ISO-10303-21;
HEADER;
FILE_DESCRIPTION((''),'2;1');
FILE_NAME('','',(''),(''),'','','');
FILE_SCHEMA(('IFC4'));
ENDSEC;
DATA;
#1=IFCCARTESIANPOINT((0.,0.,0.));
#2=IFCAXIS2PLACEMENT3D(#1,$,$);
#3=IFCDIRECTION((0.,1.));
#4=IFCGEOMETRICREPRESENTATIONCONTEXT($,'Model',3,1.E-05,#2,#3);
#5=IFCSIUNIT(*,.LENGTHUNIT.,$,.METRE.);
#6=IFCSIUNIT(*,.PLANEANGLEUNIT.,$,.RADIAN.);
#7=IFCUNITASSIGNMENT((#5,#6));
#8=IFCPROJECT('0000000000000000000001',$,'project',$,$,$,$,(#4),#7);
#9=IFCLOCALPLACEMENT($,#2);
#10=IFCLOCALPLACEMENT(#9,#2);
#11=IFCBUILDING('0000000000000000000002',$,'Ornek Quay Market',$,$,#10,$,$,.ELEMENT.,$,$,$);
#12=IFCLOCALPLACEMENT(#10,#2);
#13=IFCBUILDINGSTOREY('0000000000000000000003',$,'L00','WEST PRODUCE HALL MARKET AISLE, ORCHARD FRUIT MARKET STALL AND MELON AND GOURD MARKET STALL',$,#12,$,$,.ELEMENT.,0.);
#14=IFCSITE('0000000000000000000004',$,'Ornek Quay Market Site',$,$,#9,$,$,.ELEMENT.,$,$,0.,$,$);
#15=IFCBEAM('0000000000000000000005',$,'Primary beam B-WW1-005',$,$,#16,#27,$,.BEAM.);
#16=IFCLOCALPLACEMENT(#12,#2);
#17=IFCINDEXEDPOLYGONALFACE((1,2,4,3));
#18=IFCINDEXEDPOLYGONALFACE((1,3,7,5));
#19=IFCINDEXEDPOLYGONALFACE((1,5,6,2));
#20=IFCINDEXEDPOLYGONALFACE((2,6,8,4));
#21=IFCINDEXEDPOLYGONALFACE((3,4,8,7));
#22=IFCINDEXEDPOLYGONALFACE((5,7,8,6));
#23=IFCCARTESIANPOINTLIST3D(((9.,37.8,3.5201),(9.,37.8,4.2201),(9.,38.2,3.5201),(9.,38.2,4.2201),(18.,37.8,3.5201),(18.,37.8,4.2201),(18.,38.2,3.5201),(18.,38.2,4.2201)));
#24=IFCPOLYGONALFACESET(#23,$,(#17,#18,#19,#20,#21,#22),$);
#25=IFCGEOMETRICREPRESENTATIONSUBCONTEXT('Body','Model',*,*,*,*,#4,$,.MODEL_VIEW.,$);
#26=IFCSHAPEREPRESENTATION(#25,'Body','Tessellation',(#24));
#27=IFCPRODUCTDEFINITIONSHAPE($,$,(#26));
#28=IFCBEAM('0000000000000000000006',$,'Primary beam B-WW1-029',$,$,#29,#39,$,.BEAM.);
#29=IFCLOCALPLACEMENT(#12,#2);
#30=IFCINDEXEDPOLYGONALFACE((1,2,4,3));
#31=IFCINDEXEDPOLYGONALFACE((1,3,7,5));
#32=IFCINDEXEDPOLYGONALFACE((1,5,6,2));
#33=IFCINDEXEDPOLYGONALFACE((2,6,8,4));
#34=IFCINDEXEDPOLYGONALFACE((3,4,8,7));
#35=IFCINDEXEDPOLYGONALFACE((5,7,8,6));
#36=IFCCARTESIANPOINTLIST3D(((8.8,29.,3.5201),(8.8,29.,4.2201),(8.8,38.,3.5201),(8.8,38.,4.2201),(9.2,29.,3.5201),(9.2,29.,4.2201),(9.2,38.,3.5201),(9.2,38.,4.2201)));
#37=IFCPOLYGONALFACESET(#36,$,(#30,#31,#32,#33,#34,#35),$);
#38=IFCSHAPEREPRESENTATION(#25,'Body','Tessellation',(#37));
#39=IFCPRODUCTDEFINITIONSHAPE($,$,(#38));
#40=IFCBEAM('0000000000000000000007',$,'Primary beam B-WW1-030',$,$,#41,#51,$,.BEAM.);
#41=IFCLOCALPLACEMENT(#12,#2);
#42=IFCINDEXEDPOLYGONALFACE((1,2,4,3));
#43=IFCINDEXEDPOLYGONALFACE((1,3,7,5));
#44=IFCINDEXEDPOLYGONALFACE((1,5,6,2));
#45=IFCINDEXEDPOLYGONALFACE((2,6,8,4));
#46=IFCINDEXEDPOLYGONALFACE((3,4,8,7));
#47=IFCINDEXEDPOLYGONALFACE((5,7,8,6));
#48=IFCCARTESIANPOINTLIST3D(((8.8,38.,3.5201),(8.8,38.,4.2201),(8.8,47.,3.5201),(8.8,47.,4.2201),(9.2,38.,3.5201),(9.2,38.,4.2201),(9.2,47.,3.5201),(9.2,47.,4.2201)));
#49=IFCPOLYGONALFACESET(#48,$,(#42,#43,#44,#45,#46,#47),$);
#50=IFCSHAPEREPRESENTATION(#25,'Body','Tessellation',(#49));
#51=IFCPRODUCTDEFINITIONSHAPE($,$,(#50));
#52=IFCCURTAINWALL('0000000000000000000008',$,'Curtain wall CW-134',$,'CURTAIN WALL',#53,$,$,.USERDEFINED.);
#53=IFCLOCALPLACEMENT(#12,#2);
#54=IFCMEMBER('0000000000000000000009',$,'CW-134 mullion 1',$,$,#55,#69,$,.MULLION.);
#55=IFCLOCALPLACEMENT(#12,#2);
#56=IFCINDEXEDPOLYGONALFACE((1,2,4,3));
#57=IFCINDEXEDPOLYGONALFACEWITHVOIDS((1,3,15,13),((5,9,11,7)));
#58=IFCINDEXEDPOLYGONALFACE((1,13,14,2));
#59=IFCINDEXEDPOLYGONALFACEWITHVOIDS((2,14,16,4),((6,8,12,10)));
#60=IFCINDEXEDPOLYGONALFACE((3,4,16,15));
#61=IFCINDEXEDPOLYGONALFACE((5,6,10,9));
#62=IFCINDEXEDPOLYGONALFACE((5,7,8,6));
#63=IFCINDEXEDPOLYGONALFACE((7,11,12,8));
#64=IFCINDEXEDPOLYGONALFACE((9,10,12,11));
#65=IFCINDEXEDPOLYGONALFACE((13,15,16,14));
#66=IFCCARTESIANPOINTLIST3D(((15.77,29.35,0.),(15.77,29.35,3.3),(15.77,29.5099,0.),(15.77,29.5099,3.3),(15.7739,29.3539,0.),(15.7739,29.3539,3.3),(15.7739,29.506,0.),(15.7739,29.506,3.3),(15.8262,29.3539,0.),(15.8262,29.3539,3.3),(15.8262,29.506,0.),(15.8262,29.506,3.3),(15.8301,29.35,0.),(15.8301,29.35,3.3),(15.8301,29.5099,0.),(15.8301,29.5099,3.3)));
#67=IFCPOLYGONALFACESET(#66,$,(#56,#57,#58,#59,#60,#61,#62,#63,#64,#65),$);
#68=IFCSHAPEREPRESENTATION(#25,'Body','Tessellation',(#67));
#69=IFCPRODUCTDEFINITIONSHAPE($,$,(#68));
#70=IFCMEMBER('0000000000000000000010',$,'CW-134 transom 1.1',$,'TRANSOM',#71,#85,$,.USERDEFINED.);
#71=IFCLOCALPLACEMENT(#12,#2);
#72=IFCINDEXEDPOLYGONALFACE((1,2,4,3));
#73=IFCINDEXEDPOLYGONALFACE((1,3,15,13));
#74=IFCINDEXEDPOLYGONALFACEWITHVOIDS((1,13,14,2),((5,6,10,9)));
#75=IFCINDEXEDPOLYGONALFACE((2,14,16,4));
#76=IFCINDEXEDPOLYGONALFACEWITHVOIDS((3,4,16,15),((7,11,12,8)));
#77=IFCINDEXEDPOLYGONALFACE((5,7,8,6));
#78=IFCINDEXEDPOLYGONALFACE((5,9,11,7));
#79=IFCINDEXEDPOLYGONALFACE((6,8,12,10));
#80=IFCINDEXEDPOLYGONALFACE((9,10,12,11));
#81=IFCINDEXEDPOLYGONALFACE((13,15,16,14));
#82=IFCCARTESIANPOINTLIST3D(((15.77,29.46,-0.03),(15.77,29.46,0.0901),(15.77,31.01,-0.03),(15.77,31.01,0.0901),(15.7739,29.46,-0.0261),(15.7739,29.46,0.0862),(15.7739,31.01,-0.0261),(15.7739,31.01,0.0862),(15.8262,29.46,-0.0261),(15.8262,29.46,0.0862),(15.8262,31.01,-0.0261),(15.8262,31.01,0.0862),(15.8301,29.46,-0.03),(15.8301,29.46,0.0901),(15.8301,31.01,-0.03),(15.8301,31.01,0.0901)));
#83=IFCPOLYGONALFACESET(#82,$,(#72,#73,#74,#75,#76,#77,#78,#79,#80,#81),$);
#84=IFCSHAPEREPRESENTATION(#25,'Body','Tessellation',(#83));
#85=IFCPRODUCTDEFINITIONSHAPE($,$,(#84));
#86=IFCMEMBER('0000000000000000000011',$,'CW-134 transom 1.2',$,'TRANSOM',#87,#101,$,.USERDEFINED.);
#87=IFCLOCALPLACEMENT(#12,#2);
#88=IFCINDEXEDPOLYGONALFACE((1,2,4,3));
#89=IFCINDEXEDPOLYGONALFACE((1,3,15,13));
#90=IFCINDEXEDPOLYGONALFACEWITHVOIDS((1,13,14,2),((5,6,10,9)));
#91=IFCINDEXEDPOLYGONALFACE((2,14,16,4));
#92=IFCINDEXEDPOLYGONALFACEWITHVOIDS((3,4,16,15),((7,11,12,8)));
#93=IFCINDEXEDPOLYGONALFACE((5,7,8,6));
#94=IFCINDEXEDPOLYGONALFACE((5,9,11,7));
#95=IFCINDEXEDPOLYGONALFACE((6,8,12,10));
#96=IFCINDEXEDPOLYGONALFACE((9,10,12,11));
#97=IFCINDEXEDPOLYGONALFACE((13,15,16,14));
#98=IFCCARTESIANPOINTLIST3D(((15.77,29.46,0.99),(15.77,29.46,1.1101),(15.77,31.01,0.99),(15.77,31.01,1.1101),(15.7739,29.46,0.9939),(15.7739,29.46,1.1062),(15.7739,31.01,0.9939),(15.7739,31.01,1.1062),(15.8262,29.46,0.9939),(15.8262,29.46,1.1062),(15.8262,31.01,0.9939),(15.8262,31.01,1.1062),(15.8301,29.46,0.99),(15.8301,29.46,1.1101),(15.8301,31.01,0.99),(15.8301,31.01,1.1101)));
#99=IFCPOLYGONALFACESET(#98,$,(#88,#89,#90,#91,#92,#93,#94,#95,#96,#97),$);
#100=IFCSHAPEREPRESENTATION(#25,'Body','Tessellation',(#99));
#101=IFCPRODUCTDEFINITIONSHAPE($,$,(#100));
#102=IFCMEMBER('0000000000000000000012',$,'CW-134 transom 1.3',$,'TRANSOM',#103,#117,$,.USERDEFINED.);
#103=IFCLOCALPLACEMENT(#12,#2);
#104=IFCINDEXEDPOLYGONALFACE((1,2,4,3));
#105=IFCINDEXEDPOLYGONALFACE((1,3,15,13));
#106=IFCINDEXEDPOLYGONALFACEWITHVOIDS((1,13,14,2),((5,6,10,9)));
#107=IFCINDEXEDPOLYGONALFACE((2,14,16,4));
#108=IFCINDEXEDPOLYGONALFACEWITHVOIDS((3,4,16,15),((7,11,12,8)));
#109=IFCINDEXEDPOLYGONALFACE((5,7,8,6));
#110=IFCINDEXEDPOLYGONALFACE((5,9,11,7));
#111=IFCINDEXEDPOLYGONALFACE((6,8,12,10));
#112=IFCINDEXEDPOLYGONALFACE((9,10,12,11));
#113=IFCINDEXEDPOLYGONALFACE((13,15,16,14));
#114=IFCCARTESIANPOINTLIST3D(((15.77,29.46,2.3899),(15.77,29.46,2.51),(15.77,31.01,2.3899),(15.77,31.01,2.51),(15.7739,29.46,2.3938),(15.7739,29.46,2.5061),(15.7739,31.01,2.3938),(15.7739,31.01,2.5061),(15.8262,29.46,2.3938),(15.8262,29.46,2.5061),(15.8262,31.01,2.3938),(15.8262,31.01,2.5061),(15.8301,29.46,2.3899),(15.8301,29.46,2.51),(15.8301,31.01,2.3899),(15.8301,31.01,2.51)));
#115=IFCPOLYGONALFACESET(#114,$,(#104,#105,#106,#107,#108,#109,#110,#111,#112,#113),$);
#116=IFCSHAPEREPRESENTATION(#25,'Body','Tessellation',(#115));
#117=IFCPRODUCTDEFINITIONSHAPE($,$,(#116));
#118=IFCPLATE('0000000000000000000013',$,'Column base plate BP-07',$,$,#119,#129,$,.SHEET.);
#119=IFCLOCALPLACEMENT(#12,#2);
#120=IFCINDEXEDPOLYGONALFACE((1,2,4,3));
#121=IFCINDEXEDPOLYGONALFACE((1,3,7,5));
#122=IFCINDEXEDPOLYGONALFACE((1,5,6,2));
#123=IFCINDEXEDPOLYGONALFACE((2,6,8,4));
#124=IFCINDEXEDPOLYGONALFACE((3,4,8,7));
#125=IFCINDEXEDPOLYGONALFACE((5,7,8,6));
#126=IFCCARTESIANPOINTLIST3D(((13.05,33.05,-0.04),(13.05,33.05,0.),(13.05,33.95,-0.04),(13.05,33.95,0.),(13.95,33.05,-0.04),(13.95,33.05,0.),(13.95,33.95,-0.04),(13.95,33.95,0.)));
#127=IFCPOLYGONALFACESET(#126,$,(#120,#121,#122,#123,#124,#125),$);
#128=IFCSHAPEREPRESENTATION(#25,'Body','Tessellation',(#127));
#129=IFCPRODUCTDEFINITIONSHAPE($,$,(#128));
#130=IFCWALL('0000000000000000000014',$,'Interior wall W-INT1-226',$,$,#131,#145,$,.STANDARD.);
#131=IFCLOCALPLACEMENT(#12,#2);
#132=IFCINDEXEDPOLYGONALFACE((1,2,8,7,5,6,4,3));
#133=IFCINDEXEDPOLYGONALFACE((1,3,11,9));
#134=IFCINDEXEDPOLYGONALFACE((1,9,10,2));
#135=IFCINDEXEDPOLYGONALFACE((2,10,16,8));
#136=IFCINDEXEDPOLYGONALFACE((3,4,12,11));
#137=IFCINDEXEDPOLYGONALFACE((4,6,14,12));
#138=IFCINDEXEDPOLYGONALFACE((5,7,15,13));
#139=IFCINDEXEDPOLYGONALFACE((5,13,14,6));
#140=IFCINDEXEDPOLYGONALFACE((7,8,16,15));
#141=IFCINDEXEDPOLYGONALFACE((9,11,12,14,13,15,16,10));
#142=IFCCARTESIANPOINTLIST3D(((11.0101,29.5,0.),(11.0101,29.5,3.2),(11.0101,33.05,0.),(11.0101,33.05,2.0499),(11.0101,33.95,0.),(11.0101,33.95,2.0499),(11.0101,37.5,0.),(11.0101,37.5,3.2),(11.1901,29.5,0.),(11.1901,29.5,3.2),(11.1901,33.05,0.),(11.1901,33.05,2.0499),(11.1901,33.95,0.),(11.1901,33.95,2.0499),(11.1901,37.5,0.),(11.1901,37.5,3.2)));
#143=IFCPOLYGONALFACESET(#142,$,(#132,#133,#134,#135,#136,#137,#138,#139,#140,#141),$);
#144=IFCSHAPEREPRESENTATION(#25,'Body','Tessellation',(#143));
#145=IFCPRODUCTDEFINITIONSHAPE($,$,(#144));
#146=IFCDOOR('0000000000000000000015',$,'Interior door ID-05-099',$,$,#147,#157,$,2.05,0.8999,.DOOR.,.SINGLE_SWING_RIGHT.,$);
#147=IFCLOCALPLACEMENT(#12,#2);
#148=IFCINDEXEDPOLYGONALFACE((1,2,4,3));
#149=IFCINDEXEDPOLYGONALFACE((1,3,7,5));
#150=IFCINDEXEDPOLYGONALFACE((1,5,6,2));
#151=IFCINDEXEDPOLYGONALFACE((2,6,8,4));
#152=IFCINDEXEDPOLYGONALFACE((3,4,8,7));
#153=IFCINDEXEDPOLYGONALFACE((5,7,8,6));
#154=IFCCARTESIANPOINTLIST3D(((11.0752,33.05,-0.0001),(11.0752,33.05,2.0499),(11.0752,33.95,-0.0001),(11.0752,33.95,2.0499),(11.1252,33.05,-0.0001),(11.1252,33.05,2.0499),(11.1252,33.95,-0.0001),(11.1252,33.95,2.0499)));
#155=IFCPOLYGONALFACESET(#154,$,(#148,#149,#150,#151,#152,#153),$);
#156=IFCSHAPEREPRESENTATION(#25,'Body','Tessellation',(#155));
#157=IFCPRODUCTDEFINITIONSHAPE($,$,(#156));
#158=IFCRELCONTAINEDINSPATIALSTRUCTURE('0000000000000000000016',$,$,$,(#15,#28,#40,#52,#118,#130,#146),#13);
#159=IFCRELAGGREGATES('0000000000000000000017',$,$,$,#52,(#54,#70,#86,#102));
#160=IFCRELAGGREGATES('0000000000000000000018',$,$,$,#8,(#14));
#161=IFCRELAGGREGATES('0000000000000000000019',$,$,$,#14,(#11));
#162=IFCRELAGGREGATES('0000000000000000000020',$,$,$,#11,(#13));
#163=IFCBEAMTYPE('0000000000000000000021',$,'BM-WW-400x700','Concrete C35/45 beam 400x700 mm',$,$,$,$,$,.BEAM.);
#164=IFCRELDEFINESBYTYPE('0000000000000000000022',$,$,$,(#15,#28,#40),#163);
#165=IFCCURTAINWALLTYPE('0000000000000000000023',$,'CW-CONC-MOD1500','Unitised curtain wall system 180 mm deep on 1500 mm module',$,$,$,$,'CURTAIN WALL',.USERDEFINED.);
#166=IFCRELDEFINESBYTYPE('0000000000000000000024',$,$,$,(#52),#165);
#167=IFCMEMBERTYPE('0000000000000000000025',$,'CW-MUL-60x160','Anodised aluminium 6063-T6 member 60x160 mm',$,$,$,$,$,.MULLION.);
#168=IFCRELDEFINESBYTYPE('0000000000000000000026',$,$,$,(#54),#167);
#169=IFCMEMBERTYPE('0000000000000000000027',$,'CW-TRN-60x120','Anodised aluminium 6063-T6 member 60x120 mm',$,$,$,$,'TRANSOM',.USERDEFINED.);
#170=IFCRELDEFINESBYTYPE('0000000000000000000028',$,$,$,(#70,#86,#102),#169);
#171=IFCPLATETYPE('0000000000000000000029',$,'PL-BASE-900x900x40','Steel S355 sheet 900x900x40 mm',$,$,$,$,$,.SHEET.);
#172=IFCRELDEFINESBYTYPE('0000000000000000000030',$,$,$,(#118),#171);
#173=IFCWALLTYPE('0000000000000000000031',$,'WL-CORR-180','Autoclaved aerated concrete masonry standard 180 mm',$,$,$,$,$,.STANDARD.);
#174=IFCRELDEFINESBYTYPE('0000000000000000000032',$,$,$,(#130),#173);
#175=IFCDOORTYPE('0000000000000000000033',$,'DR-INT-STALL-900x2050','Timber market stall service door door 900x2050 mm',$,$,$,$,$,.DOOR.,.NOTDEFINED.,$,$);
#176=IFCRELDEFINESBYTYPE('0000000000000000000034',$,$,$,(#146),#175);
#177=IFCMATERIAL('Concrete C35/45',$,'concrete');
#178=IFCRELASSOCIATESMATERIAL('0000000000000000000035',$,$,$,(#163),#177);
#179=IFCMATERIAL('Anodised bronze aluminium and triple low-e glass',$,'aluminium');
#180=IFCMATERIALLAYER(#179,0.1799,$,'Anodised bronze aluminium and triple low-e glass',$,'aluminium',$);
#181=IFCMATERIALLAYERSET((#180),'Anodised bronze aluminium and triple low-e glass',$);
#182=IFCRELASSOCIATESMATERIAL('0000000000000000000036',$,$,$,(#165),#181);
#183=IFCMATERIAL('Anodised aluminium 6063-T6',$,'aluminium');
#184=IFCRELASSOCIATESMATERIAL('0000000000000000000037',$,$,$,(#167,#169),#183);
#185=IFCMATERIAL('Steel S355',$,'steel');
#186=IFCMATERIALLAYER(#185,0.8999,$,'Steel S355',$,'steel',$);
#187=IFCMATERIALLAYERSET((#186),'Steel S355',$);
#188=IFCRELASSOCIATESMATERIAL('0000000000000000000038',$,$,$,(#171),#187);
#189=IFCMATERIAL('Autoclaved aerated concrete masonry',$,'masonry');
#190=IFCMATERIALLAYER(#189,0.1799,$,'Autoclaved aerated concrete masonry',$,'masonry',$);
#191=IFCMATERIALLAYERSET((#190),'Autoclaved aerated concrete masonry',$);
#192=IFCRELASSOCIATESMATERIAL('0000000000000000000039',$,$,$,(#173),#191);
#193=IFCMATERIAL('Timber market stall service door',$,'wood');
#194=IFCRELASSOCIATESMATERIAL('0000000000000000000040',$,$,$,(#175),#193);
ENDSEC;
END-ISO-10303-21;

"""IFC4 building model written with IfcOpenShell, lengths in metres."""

from ifc_helpers import new_model, si_unit, direction, frame, frame_2d, origin, origin_2d, place, context, subcontext, project, spatial, rectangle, hollow_rectangle, extrude, material, layer, layer_set, material_profile, profile_set, type_object, element, fill, aggregate, save


model = new_model("IFC4")

# Units and contexts
model_context = context("Model", 3, precision=1e-05, world=origin(), true_north=direction((0.0, 1.0)))
body_context = subcontext(model_context, "Body", "Model", "MODEL_VIEW")
ifc_project = project(units=[si_unit("LENGTHUNIT", "METRE"), si_unit("PLANEANGLEUNIT", "RADIAN")], contexts=[model_context])

# Site, building, storey
site_placement = place(None, origin())
site = spatial("IfcSite", under=ifc_project, at=site_placement, Name="Ornek Quay Market Site", CompositionType="ELEMENT", RefElevation=0.0)
building_placement = place(site_placement, origin())
building = spatial("IfcBuilding", under=site, at=building_placement, Name="Ornek Quay Market", CompositionType="ELEMENT")
storey_placement = place(building_placement, origin())
storey = spatial("IfcBuildingStorey", under=building, at=storey_placement, Name="L00", Description="WEST PRODUCE HALL MARKET AISLE, ORCHARD FRUIT MARKET STALL AND MELON AND GOURD MARKET STALL", CompositionType="ELEMENT", Elevation=0.0)

# Shared definitions
ifc_material_1 = material(Name="Concrete C35/45", Category="concrete")

# Shared definitions
ifc_material_2 = material(Name="Steel S355", Category="steel")

# Beams
ifc_material_profile_1 = material_profile(ifc_material_1, rectangle(XDim=0.3999, YDim=0.7, at=origin_2d()), Name="RC 400x700", Category="concrete")
ifc_profile_set_1 = profile_set([ifc_material_profile_1], Name="Concrete C35/45")
beam_type_1 = type_object("IfcBeamType", Name="BM-WW-400x700", Description="Concrete C35/45 beam 400x700 mm", PredefinedType="BEAM", material=ifc_profile_set_1)
for number, where, z_axis, x_axis, name in (
    (1, (9.0, 38.0, 3.8701), (1.0, 0.0, 0.0), (0.0, 1.0, 0.0), "Primary beam B-WW1-005"),
    (2, (9.0, 29.0, 3.8701), (0.0, 1.0, 0.0), (-1.0, 0.0, 0.0), "Primary beam B-WW1-029"),
    (3, (9.0, 38.0, 3.8701), (0.0, 1.0, 0.0), (-1.0, 0.0, 0.0), "Primary beam B-WW1-030"),
):
    element("IfcBeam", number, at=place(storey_placement, frame(where, z_axis=z_axis, x_axis=x_axis)), inside=storey, type_object=beam_type_1, Name=name, PredefinedType="BEAM", context=body_context, shape_type="SweptSolid", body=[
        extrude(rectangle(XDim=0.3999, YDim=0.7, at=origin_2d()), origin(), (0.0, 0.0, 1.0), 9.0),
    ])

# Curtain wall, members
ifc_material_3 = material(Name="Anodised bronze aluminium and triple low-e glass", Category="aluminium")
ifc_layer_1 = layer(ifc_material_3, 0.1799, Name="Anodised bronze aluminium and triple low-e glass", Category="aluminium")
ifc_layer_set_1 = layer_set([ifc_layer_1], Name="Anodised bronze aluminium and triple low-e glass")
curtain_wall_type = type_object("IfcCurtainWallType", Name="CW-CONC-MOD1500", Description="Unitised curtain wall system 180 mm deep on 1500 mm module", ElementType="CURTAIN WALL", PredefinedType="USERDEFINED", material=ifc_layer_set_1)
curtain_wall_placement = place(storey_placement, origin())
curtain_wall = element("IfcCurtainWall", 4, at=curtain_wall_placement, inside=storey, type_object=curtain_wall_type, Name="Curtain wall CW-134", ObjectType="CURTAIN WALL", PredefinedType="USERDEFINED")
ifc_material_4 = material(Name="Anodised aluminium 6063-T6", Category="aluminium")
ifc_material_profile_2 = material_profile(ifc_material_4, hollow_rectangle(XDim=0.0601, YDim=0.1599, WallThickness=0.0039, at=origin_2d()), Name="CW-MUL-60x160", Category="aluminium")
ifc_profile_set_2 = profile_set([ifc_material_profile_2], Name="Anodised aluminium 6063-T6")
member_type_1 = type_object("IfcMemberType", Name="CW-MUL-60x160", Description="Anodised aluminium 6063-T6 member 60x160 mm", PredefinedType="MULLION", material=ifc_profile_set_2)
member_1_placement = place(storey_placement, frame((15.8, 29.4299, 0.0), z_axis=(0.0, 0.0, 1.0), x_axis=(-1.0, 0.0, 0.0)))
member_1 = element("IfcMember", 5, at=member_1_placement, type_object=member_type_1, Name="CW-134 mullion 1", PredefinedType="MULLION", context=body_context, shape_type="SweptSolid", body=[
    extrude(hollow_rectangle(XDim=0.0601, YDim=0.1599, WallThickness=0.0039, at=origin_2d()), origin(), (0.0, 0.0, 1.0), 3.3),
])
ifc_material_profile_3 = material_profile(ifc_material_4, hollow_rectangle(XDim=0.0601, YDim=0.1201, WallThickness=0.0039, at=origin_2d()), Name="CW-TRN-60x120", Category="aluminium")
ifc_profile_set_3 = profile_set([ifc_material_profile_3], Name="Anodised aluminium 6063-T6")
member_type_2 = type_object("IfcMemberType", Name="CW-TRN-60x120", Description="Anodised aluminium 6063-T6 member 60x120 mm", ElementType="TRANSOM", PredefinedType="USERDEFINED", material=ifc_profile_set_3)
member_2_placement = place(storey_placement, frame((15.8, 29.46, 0.03), z_axis=(0.0, 1.0, 0.0), x_axis=(-1.0, 0.0, 0.0)))
member_2 = element("IfcMember", 6, at=member_2_placement, type_object=member_type_2, Name="CW-134 transom 1.1", ObjectType="TRANSOM", PredefinedType="USERDEFINED", context=body_context, shape_type="SweptSolid", body=[
    extrude(hollow_rectangle(XDim=0.0601, YDim=0.1201, WallThickness=0.0039, at=origin_2d()), origin(), (0.0, 0.0, 1.0), 1.55),
])
member_3_placement = place(storey_placement, frame((15.8, 29.46, 1.05), z_axis=(0.0, 1.0, 0.0), x_axis=(-1.0, 0.0, 0.0)))
member_3 = element("IfcMember", 7, at=member_3_placement, type_object=member_type_2, Name="CW-134 transom 1.2", ObjectType="TRANSOM", PredefinedType="USERDEFINED", context=body_context, shape_type="SweptSolid", body=[
    extrude(hollow_rectangle(XDim=0.0601, YDim=0.1201, WallThickness=0.0039, at=origin_2d()), origin(), (0.0, 0.0, 1.0), 1.55),
])
member_4_placement = place(storey_placement, frame((15.8, 29.46, 2.45), z_axis=(0.0, 1.0, 0.0), x_axis=(-1.0, 0.0, 0.0)))
member_4 = element("IfcMember", 8, at=member_4_placement, type_object=member_type_2, Name="CW-134 transom 1.3", ObjectType="TRANSOM", PredefinedType="USERDEFINED", context=body_context, shape_type="SweptSolid", body=[
    extrude(hollow_rectangle(XDim=0.0601, YDim=0.1201, WallThickness=0.0039, at=origin_2d()), origin(), (0.0, 0.0, 1.0), 1.55),
])
aggregate(curtain_wall, [member_1, member_2, member_3, member_4])

# Plate
ifc_layer_2 = layer(ifc_material_2, 0.8999, Name="Steel S355", Category="steel")
ifc_layer_set_2 = layer_set([ifc_layer_2], Name="Steel S355")
plate_type = type_object("IfcPlateType", Name="PL-BASE-900x900x40", Description="Steel S355 sheet 900x900x40 mm", PredefinedType="SHEET", material=ifc_layer_set_2)
plate_placement = place(storey_placement, frame((13.5, 33.5, -0.04), z_axis=(0.0, 0.0, 1.0), x_axis=(1.0, 0.0, 0.0)))
element("IfcPlate", 9, at=plate_placement, inside=storey, type_object=plate_type, Name="Column base plate BP-07", PredefinedType="SHEET", context=body_context, shape_type="SweptSolid", body=[
    extrude(rectangle(XDim=0.8999, YDim=0.8999, at=origin_2d()), origin(), (0.0, 0.0, 1.0), 0.04),
])

# Wall, opening, door
ifc_material_5 = material(Name="Autoclaved aerated concrete masonry", Category="masonry")
ifc_layer_3 = layer(ifc_material_5, 0.1799, Name="Autoclaved aerated concrete masonry", Category="masonry")
ifc_layer_set_3 = layer_set([ifc_layer_3], Name="Autoclaved aerated concrete masonry")
wall_type = type_object("IfcWallType", Name="WL-CORR-180", Description="Autoclaved aerated concrete masonry standard 180 mm", PredefinedType="STANDARD", material=ifc_layer_set_3)
wall_placement = place(storey_placement, frame((11.1001, 29.5, 0.0), z_axis=(0.0, 0.0, 1.0), x_axis=(0.0, 1.0, 0.0)))
wall = element("IfcWall", 10, at=wall_placement, inside=storey, type_object=wall_type, Name="Interior wall W-INT1-226", PredefinedType="STANDARD", context=body_context, shape_type="SweptSolid", body=[
    extrude(rectangle(XDim=8.0, YDim=0.1799, at=frame_2d((4.0, 0.0))), origin(), (0.0, 0.0, 1.0), 3.2),
])
opening_placement = place(wall_placement, frame((3.55, 0.0, 0.0)))
opening = element("IfcOpeningElement", 11, at=opening_placement, cuts=wall, PredefinedType="OPENING", context=body_context, shape_type="SweptSolid", body=[
    extrude(rectangle(XDim=0.8999, YDim=2.05, at=frame_2d((0.45, 1.0249))), frame((0.0, 0.0999, 0.0), z_axis=(0.0, -1.0, 0.0), x_axis=(1.0, 0.0, 0.0)), (0.0, 0.0, 1.0), 0.2),
])
ifc_material_6 = material(Name="Timber market stall service door", Category="wood")
door_type = type_object("IfcDoorType", Name="DR-INT-STALL-900x2050", Description="Timber market stall service door door 900x2050 mm", OperationType="NOTDEFINED", PredefinedType="DOOR", material=ifc_material_6)
door_placement = place(opening_placement, origin())
door = element("IfcDoor", 12, at=door_placement, inside=storey, type_object=door_type, Name="Interior door ID-05-099", OperationType="SINGLE_SWING_RIGHT", OverallHeight=2.05, OverallWidth=0.8999, PredefinedType="DOOR", context=body_context, shape_type="SweptSolid", body=[
    extrude(rectangle(XDim=0.8999, YDim=2.05, at=frame_2d((0.45, 1.0249))), frame((0.0, 0.0249, 0.0), z_axis=(0.0, -1.0, 0.0), x_axis=(1.0, 0.0, 0.0)), (0.0, 0.0, 1.0), 0.05),
])
fill(opening, door)

save(model, "model.ifc")
